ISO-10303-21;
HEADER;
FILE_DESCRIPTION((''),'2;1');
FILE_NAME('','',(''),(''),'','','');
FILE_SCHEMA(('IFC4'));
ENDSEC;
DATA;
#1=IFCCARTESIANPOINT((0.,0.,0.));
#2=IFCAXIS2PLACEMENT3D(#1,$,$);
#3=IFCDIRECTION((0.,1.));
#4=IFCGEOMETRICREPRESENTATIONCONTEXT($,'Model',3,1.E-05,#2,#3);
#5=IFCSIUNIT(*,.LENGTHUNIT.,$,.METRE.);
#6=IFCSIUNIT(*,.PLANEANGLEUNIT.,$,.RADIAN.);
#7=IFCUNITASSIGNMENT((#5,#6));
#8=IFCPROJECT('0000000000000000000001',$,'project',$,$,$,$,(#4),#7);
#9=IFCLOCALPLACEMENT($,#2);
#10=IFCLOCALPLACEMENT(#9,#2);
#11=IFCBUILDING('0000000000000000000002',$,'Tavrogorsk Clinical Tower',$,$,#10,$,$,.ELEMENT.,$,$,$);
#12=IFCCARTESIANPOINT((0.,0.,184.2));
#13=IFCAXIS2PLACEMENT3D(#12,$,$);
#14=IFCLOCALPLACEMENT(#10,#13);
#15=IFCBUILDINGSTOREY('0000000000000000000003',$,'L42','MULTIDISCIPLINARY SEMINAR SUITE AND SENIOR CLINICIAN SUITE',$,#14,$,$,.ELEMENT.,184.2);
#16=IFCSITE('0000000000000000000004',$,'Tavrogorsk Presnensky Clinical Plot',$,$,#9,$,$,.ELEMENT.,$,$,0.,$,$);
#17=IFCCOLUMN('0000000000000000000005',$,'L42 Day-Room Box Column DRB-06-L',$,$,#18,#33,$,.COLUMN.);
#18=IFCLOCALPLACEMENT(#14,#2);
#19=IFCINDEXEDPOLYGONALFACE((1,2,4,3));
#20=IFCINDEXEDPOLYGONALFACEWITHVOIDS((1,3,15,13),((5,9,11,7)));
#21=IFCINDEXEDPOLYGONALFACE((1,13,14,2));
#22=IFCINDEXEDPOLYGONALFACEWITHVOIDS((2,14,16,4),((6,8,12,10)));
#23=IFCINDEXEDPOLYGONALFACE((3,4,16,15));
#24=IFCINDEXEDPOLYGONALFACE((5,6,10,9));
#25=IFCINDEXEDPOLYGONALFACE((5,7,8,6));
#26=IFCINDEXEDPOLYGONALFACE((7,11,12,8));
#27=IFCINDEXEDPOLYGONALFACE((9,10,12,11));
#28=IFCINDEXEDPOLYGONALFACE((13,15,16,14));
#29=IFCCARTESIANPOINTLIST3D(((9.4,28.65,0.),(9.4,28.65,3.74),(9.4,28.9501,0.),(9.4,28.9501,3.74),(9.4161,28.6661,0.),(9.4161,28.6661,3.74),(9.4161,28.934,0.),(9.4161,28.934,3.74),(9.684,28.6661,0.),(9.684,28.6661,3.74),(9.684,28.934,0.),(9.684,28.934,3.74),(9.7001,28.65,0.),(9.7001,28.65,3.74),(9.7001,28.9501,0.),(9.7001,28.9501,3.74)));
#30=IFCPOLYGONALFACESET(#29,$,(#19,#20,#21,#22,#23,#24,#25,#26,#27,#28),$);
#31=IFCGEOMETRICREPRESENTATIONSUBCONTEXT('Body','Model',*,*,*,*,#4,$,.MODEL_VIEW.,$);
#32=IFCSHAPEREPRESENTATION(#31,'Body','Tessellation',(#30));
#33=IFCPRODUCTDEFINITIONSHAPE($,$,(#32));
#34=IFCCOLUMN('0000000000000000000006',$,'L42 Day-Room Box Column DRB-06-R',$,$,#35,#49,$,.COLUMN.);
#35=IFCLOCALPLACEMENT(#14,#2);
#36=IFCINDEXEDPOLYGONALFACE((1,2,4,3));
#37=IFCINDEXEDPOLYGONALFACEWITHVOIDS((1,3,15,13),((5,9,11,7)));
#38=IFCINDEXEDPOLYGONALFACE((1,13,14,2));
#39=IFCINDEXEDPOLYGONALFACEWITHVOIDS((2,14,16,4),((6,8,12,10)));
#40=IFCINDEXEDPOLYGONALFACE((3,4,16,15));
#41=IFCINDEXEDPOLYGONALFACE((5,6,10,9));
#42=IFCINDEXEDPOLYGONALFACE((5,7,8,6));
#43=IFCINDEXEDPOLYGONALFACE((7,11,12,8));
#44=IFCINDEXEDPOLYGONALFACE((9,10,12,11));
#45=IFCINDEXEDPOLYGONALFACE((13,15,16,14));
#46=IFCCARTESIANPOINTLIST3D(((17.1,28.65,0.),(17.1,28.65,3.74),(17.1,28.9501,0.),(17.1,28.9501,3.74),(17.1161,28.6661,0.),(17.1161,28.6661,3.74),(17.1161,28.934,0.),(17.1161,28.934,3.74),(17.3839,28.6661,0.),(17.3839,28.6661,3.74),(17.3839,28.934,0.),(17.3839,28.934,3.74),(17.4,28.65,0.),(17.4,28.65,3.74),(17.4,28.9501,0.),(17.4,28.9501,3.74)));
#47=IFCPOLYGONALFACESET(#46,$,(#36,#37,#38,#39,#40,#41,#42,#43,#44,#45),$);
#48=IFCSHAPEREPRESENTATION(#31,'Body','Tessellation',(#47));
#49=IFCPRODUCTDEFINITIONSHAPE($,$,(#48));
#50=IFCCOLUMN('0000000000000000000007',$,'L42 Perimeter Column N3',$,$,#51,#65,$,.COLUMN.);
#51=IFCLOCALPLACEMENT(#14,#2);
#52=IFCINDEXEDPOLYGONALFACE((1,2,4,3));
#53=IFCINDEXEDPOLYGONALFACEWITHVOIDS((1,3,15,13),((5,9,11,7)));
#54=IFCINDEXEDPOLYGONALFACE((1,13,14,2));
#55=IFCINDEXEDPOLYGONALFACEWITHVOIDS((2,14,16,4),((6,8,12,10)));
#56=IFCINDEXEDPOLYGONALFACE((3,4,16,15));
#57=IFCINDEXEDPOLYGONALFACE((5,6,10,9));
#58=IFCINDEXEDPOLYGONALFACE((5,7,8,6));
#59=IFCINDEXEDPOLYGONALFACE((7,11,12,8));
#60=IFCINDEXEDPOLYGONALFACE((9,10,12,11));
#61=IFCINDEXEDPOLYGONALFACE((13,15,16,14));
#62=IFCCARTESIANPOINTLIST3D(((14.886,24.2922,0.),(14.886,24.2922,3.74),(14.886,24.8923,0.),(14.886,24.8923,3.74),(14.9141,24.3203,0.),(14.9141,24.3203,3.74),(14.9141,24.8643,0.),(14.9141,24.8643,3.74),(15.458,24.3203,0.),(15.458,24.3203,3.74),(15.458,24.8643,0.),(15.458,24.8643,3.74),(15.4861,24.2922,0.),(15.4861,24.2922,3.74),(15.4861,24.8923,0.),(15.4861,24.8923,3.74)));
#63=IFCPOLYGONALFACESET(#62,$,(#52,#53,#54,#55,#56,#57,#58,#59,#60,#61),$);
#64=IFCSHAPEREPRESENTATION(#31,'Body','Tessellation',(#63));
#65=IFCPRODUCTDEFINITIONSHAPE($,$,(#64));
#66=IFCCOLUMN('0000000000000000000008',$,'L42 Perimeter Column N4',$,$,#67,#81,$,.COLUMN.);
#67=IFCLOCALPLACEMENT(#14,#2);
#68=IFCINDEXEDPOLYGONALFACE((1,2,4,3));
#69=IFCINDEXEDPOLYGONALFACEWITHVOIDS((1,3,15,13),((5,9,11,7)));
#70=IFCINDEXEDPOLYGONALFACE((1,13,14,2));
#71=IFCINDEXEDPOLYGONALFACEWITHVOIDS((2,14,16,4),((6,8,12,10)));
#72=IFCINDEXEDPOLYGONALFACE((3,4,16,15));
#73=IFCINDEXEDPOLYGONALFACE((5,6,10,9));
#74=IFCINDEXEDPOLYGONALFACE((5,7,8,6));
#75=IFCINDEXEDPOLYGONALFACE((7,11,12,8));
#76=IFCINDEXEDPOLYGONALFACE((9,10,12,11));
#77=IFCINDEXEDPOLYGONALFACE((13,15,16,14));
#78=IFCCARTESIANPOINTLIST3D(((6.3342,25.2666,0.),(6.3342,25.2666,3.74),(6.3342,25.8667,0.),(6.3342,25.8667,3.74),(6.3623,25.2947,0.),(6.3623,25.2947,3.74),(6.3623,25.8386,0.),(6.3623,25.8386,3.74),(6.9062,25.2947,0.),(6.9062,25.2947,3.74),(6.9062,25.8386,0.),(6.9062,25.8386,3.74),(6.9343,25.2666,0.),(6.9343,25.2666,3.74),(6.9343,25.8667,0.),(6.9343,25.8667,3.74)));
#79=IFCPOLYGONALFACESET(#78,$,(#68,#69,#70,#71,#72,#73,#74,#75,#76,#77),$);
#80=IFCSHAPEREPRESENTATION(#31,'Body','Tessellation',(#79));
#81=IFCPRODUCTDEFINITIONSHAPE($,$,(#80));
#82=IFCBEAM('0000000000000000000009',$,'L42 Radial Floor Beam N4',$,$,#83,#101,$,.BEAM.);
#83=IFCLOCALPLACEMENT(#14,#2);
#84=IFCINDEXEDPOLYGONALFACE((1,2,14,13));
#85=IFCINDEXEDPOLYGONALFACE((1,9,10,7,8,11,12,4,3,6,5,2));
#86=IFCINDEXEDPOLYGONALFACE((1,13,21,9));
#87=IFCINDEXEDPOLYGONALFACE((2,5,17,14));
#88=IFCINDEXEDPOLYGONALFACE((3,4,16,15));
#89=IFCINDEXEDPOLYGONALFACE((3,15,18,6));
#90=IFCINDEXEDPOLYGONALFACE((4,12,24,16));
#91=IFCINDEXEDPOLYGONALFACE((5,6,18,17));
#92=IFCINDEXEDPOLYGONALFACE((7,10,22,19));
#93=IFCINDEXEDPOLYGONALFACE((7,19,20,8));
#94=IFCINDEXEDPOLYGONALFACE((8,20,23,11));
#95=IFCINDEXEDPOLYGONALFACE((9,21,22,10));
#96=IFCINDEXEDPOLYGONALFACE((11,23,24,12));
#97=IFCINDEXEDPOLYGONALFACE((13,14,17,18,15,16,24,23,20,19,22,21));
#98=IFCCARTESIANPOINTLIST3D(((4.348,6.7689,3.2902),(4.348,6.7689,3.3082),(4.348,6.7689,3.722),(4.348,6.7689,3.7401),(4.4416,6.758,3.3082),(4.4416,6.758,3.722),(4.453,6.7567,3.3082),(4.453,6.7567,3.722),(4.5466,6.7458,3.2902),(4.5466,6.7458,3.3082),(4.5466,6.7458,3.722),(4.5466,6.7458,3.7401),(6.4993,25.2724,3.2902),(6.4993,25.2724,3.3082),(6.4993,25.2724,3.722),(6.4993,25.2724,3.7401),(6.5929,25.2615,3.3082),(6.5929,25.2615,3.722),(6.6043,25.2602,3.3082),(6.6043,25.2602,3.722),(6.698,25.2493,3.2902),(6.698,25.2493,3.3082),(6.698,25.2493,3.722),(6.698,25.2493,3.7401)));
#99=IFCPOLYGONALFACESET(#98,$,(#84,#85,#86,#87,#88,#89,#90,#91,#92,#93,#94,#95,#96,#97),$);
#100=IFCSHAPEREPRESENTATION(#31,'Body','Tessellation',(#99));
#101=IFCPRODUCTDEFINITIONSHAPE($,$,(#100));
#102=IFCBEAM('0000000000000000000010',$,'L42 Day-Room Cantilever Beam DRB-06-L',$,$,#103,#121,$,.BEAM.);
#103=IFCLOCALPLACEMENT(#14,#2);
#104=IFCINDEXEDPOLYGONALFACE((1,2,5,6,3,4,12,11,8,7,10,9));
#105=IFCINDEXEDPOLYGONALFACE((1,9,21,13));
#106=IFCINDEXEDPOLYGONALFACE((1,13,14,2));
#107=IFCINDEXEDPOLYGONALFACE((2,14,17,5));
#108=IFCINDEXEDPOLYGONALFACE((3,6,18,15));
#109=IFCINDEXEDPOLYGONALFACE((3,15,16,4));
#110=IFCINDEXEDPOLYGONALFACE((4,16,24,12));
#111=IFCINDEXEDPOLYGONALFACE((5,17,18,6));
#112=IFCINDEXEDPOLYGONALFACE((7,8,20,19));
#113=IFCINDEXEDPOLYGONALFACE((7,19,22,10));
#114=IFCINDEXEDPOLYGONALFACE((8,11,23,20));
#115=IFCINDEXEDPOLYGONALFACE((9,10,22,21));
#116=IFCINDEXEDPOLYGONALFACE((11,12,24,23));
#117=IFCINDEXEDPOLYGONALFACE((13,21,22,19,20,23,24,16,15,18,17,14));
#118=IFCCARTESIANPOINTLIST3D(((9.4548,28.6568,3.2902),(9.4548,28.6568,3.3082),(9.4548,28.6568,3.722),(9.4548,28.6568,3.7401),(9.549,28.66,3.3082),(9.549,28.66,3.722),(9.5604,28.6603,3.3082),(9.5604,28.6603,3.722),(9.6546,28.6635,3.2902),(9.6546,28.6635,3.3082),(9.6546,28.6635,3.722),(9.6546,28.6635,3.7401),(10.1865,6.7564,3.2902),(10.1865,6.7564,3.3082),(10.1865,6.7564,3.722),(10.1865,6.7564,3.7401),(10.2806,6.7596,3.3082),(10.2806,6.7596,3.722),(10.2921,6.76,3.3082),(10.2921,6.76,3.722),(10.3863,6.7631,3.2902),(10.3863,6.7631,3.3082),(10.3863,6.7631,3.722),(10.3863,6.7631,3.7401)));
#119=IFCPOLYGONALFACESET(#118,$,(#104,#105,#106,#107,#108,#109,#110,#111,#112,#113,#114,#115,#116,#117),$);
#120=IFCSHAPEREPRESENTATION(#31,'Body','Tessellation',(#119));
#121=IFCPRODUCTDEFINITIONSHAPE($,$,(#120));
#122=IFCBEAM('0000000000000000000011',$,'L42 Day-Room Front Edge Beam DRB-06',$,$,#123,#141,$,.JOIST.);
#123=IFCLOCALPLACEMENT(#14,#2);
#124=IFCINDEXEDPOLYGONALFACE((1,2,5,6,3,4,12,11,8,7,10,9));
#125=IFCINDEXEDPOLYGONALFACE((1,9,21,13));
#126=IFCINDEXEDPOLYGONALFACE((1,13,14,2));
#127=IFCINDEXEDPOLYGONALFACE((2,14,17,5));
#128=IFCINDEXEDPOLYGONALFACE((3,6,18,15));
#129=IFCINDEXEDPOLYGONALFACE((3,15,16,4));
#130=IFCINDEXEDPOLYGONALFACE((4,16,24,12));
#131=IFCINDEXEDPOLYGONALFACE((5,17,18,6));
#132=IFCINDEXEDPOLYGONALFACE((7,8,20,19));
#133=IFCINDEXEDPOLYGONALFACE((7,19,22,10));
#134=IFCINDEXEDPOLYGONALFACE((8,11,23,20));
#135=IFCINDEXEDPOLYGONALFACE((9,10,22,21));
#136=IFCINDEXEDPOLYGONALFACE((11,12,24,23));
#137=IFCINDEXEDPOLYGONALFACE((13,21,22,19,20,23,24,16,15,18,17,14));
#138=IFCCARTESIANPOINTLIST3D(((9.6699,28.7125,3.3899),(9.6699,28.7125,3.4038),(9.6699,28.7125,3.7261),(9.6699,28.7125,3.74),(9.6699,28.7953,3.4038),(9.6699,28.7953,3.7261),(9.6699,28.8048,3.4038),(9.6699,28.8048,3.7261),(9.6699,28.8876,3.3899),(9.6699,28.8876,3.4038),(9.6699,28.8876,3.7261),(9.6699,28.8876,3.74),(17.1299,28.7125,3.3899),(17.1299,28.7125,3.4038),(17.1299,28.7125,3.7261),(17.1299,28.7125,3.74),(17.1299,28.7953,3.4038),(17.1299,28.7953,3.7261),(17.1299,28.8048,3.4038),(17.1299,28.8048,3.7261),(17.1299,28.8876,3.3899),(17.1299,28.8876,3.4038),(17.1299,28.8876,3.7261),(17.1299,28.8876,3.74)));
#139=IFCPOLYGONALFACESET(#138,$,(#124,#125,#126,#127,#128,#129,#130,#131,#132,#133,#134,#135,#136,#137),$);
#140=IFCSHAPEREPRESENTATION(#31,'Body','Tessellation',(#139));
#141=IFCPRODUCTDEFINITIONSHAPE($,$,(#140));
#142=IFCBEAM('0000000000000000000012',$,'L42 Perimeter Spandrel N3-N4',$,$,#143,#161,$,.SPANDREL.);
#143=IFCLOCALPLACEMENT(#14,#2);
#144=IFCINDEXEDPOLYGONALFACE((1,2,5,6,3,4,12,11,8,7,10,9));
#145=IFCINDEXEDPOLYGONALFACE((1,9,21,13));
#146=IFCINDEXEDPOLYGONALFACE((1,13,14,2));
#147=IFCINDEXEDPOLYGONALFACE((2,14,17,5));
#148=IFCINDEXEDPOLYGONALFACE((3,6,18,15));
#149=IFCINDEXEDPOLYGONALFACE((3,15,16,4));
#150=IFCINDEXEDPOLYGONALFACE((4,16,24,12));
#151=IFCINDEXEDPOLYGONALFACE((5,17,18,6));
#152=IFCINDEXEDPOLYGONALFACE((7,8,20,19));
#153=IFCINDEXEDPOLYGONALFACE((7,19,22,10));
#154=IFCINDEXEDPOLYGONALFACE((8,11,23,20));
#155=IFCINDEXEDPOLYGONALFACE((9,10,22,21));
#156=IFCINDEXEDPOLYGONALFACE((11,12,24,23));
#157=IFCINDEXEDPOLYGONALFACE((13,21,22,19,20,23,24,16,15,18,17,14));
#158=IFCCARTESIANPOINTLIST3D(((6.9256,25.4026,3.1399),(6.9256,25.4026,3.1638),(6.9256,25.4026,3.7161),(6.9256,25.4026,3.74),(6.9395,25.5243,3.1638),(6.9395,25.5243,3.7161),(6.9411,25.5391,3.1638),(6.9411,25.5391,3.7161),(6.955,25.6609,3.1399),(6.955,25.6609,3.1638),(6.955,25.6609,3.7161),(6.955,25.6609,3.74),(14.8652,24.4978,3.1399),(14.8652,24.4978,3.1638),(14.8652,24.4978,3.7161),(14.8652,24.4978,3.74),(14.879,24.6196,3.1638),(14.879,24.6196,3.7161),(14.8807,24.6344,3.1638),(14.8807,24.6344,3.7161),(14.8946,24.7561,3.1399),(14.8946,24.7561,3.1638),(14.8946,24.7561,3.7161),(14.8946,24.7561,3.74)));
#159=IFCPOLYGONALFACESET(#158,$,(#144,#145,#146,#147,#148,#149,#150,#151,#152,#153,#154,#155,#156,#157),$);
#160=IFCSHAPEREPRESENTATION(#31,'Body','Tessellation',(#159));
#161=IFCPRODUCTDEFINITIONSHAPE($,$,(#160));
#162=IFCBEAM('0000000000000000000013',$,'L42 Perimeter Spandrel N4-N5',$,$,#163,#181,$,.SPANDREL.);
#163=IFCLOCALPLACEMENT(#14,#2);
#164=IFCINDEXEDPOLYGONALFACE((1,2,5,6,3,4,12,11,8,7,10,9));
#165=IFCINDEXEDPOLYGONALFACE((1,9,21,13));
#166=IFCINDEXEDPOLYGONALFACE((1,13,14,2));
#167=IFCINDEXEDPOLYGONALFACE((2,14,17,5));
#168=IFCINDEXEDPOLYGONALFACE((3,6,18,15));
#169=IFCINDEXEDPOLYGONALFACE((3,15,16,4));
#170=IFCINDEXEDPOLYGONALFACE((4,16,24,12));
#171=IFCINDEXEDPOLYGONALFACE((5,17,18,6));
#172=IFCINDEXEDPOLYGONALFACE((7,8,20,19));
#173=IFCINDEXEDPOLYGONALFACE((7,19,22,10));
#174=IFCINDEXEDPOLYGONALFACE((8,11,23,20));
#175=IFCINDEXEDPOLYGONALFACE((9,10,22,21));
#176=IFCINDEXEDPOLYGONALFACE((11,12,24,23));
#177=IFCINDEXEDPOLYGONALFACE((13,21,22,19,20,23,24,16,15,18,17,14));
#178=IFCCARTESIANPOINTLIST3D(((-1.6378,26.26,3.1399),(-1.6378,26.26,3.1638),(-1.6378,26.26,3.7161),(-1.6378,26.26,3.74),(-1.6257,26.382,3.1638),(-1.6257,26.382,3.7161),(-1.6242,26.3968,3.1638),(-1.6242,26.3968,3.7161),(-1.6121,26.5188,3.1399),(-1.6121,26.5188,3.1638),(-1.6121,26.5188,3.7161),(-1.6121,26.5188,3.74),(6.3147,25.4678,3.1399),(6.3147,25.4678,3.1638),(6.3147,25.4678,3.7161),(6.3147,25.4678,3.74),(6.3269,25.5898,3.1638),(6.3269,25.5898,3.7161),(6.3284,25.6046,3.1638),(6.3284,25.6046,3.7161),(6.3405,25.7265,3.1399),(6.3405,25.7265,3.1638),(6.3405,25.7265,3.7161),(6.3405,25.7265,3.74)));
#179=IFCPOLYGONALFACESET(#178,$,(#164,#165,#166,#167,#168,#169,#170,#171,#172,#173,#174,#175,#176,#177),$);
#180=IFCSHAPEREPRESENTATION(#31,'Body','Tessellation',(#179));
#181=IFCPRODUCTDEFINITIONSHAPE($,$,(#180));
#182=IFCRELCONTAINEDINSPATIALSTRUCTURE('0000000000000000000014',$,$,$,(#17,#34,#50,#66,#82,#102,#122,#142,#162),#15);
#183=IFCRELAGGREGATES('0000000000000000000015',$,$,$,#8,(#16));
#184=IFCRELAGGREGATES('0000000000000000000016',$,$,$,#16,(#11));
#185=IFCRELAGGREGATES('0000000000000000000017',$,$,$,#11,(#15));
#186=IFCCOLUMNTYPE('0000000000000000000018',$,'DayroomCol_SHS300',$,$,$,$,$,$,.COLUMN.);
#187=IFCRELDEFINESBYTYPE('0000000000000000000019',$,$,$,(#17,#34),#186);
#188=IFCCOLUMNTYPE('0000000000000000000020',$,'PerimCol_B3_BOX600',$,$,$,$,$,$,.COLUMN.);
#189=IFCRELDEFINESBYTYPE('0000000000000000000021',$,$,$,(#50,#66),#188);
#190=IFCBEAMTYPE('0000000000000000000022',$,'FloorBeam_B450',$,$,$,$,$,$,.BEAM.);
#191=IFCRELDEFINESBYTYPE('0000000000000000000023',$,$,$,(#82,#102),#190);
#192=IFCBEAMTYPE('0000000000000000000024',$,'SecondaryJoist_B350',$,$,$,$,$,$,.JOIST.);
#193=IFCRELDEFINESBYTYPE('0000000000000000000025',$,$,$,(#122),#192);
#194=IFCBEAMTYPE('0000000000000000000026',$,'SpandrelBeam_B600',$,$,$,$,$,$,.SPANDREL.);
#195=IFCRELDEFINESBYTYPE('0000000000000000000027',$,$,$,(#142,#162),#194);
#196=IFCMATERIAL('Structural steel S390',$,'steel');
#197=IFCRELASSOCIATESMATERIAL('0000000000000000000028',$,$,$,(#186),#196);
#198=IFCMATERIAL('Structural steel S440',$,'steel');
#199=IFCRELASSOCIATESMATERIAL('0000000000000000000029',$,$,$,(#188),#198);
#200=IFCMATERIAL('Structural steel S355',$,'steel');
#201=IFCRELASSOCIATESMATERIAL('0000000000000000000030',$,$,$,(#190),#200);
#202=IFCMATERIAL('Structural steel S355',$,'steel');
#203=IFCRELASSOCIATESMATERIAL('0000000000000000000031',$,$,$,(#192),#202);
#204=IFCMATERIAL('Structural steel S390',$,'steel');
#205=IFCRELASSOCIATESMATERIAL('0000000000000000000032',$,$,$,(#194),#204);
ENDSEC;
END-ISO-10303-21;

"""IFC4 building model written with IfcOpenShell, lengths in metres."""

from ifc_helpers import new_model, si_unit, direction, frame, origin, origin_2d, place, context, subcontext, project, spatial, hollow_rectangle, i_section, extrude, material, material_profile, profile_set, type_object, element, save


model = new_model("IFC4")

# Units and contexts
model_context = context("Model", 3, precision=1e-05, world=origin(), true_north=direction((0.0, 1.0)))
body_context = subcontext(model_context, "Body", "Model", "MODEL_VIEW")
ifc_project = project(units=[si_unit("LENGTHUNIT", "METRE"), si_unit("PLANEANGLEUNIT", "RADIAN")], contexts=[model_context])

# Site, building, storey
site_placement = place(None, origin())
site = spatial("IfcSite", under=ifc_project, at=site_placement, Name="Tavrogorsk Presnensky Clinical Plot", CompositionType="ELEMENT", RefElevation=0.0)
building_placement = place(site_placement, origin())
building = spatial("IfcBuilding", under=site, at=building_placement, Name="Tavrogorsk Clinical Tower", CompositionType="ELEMENT")
storey_placement = place(building_placement, frame((0.0, 0.0, 184.2)))
storey = spatial("IfcBuildingStorey", under=building, at=storey_placement, Name="L42", Description="MULTIDISCIPLINARY SEMINAR SUITE AND SENIOR CLINICIAN SUITE", CompositionType="ELEMENT", Elevation=184.2)

# Columns
ifc_material_1 = material(Name="Structural steel S390", Category="steel")
ifc_material_profile_1 = material_profile(ifc_material_1, hollow_rectangle(XDim=0.3, YDim=0.3, WallThickness=0.0161, at=origin_2d()), Name="SHS-300x300x16")
ifc_profile_set_1 = profile_set([ifc_material_profile_1], Name="Structural steel S390")
column_type_1 = type_object("IfcColumnType", Name="DayroomCol_SHS300", PredefinedType="COLUMN", material=ifc_profile_set_1)
for number, where, z_axis, x_axis, name in (
    (1, (9.55, 28.8, 0.0), (0.0, 0.0, 1.0), (1.0, 0.0, 0.0), "L42 Day-Room Box Column DRB-06-L"),
    (2, (17.25, 28.8, 0.0), (0.0, 0.0, 1.0), (1.0, 0.0, 0.0), "L42 Day-Room Box Column DRB-06-R"),
):
    element("IfcColumn", number, at=place(storey_placement, frame(where, z_axis=z_axis, x_axis=x_axis)), inside=storey, type_object=column_type_1, Name=name, PredefinedType="COLUMN", context=body_context, shape_type="SweptSolid", body=[
        extrude(hollow_rectangle(XDim=0.3, YDim=0.3, WallThickness=0.0161, at=origin_2d()), origin(), (0.0, 0.0, 1.0), 3.74),
    ])
ifc_material_2 = material(Name="Structural steel S440", Category="steel")
ifc_material_profile_2 = material_profile(ifc_material_2, hollow_rectangle(XDim=0.6001, YDim=0.6001, WallThickness=0.0281, at=origin_2d()), Name="BOX-600x600x28")
ifc_profile_set_2 = profile_set([ifc_material_profile_2], Name="Structural steel S440")
column_type_2 = type_object("IfcColumnType", Name="PerimCol_B3_BOX600", PredefinedType="COLUMN", material=ifc_profile_set_2)
for number, where, z_axis, x_axis, name in (
    (3, (15.186, 24.5923, 0.0), (0.0, 0.0, 1.0), (1.0, 0.0, 0.0), "L42 Perimeter Column N3"),
    (4, (6.6343, 25.5667, 0.0), (0.0, 0.0, 1.0), (1.0, 0.0, 0.0), "L42 Perimeter Column N4"),
):
    element("IfcColumn", number, at=place(storey_placement, frame(where, z_axis=z_axis, x_axis=x_axis)), inside=storey, type_object=column_type_2, Name=name, PredefinedType="COLUMN", context=body_context, shape_type="SweptSolid", body=[
        extrude(hollow_rectangle(XDim=0.6001, YDim=0.6001, WallThickness=0.0281, at=origin_2d()), origin(), (0.0, 0.0, 1.0), 3.74),
    ])

# Beams
ifc_material_3 = material(Name="Structural steel S355", Category="steel")
ifc_material_profile_3 = material_profile(ifc_material_3, i_section(OverallWidth=0.2, OverallDepth=0.45, WebThickness=0.0115, FlangeThickness=0.0181, at=origin_2d()), Name="B-450x200x11.5x18")
ifc_profile_set_3 = profile_set([ifc_material_profile_3], Name="Structural steel S355")
beam_type_1 = type_object("IfcBeamType", Name="FloorBeam_B450", PredefinedType="BEAM", material=ifc_profile_set_3)
beam_1_placement = place(storey_placement, frame((4.4473, 6.7573, 3.5151), z_axis=(0.115491, 0.993309, 0.0), x_axis=(-0.993309, 0.115491, 0.0)))
element("IfcBeam", 5, at=beam_1_placement, inside=storey, type_object=beam_type_1, Name="L42 Radial Floor Beam N4", PredefinedType="BEAM", context=body_context, shape_type="SweptSolid", body=[
    extrude(i_section(OverallWidth=0.2, OverallDepth=0.45, WebThickness=0.0115, FlangeThickness=0.0181, at=origin_2d()), origin(), (0.0, 0.0, 1.0), 18.6282),
])
beam_2_placement = place(storey_placement, frame((10.2864, 6.7598, 3.5151), z_axis=(-0.033391, 0.999442, 0.0), x_axis=(-0.999442, -0.033391, 0.0)))
element("IfcBeam", 6, at=beam_2_placement, inside=storey, type_object=beam_type_1, Name="L42 Day-Room Cantilever Beam DRB-06-L", PredefinedType="BEAM", context=body_context, shape_type="SweptSolid", body=[
    extrude(i_section(OverallWidth=0.2, OverallDepth=0.45, WebThickness=0.0115, FlangeThickness=0.0181, at=origin_2d()), origin(), (0.0, 0.0, 1.0), 21.9126),
])
ifc_material_4 = material(Name="Structural steel S355", Category="steel")
ifc_material_profile_4 = material_profile(ifc_material_4, i_section(OverallWidth=0.175, OverallDepth=0.3501, WebThickness=0.0095, FlangeThickness=0.0139, at=origin_2d()), Name="B-350x175x9.5x14")
ifc_profile_set_4 = profile_set([ifc_material_profile_4], Name="Structural steel S355")
beam_type_2 = type_object("IfcBeamType", Name="SecondaryJoist_B350", PredefinedType="JOIST", material=ifc_profile_set_4)
beam_3_placement = place(storey_placement, frame((9.6699, 28.8, 3.5649), z_axis=(1.0, 0.0, 0.0), x_axis=(0.0, 1.0, 0.0)))
element("IfcBeam", 7, at=beam_3_placement, inside=storey, type_object=beam_type_2, Name="L42 Day-Room Front Edge Beam DRB-06", PredefinedType="JOIST", context=body_context, shape_type="SweptSolid", body=[
    extrude(i_section(OverallWidth=0.175, OverallDepth=0.3501, WebThickness=0.0095, FlangeThickness=0.0139, at=origin_2d()), origin(), (0.0, 0.0, 1.0), 7.46),
])
ifc_material_5 = material(Name="Structural steel S390", Category="steel")
ifc_material_profile_5 = material_profile(ifc_material_5, i_section(OverallWidth=0.26, OverallDepth=0.6001, WebThickness=0.0149, FlangeThickness=0.0239, at=origin_2d()), Name="B-600x260x15x24")
ifc_profile_set_5 = profile_set([ifc_material_profile_5], Name="Structural steel S390")
beam_type_3 = type_object("IfcBeamType", Name="SpandrelBeam_B600", PredefinedType="SPANDREL", material=ifc_profile_set_5)
beam_4_placement = place(storey_placement, frame((14.8799, 24.627, 3.4399), z_axis=(-0.993569, 0.113224, 0.0), x_axis=(-0.113224, -0.993569, 0.0)))
element("IfcBeam", 8, at=beam_4_placement, inside=storey, type_object=beam_type_3, Name="L42 Perimeter Spandrel N3-N4", PredefinedType="SPANDREL", context=body_context, shape_type="SweptSolid", body=[
    extrude(i_section(OverallWidth=0.26, OverallDepth=0.6001, WebThickness=0.0149, FlangeThickness=0.0239, at=origin_2d()), origin(), (0.0, 0.0, 1.0), 7.991),
])
beam_5_placement = place(storey_placement, frame((6.3276, 25.5972, 3.4399), z_axis=(-0.995075, 0.099129, 0.0), x_axis=(-0.099129, -0.995075, 0.0)))
element("IfcBeam", 9, at=beam_5_placement, inside=storey, type_object=beam_type_3, Name="L42 Perimeter Spandrel N4-N5", PredefinedType="SPANDREL", context=body_context, shape_type="SweptSolid", body=[
    extrude(i_section(OverallWidth=0.26, OverallDepth=0.6001, WebThickness=0.0149, FlangeThickness=0.0239, at=origin_2d()), origin(), (0.0, 0.0, 1.0), 7.9919),
])

save(model, "model.ifc")
